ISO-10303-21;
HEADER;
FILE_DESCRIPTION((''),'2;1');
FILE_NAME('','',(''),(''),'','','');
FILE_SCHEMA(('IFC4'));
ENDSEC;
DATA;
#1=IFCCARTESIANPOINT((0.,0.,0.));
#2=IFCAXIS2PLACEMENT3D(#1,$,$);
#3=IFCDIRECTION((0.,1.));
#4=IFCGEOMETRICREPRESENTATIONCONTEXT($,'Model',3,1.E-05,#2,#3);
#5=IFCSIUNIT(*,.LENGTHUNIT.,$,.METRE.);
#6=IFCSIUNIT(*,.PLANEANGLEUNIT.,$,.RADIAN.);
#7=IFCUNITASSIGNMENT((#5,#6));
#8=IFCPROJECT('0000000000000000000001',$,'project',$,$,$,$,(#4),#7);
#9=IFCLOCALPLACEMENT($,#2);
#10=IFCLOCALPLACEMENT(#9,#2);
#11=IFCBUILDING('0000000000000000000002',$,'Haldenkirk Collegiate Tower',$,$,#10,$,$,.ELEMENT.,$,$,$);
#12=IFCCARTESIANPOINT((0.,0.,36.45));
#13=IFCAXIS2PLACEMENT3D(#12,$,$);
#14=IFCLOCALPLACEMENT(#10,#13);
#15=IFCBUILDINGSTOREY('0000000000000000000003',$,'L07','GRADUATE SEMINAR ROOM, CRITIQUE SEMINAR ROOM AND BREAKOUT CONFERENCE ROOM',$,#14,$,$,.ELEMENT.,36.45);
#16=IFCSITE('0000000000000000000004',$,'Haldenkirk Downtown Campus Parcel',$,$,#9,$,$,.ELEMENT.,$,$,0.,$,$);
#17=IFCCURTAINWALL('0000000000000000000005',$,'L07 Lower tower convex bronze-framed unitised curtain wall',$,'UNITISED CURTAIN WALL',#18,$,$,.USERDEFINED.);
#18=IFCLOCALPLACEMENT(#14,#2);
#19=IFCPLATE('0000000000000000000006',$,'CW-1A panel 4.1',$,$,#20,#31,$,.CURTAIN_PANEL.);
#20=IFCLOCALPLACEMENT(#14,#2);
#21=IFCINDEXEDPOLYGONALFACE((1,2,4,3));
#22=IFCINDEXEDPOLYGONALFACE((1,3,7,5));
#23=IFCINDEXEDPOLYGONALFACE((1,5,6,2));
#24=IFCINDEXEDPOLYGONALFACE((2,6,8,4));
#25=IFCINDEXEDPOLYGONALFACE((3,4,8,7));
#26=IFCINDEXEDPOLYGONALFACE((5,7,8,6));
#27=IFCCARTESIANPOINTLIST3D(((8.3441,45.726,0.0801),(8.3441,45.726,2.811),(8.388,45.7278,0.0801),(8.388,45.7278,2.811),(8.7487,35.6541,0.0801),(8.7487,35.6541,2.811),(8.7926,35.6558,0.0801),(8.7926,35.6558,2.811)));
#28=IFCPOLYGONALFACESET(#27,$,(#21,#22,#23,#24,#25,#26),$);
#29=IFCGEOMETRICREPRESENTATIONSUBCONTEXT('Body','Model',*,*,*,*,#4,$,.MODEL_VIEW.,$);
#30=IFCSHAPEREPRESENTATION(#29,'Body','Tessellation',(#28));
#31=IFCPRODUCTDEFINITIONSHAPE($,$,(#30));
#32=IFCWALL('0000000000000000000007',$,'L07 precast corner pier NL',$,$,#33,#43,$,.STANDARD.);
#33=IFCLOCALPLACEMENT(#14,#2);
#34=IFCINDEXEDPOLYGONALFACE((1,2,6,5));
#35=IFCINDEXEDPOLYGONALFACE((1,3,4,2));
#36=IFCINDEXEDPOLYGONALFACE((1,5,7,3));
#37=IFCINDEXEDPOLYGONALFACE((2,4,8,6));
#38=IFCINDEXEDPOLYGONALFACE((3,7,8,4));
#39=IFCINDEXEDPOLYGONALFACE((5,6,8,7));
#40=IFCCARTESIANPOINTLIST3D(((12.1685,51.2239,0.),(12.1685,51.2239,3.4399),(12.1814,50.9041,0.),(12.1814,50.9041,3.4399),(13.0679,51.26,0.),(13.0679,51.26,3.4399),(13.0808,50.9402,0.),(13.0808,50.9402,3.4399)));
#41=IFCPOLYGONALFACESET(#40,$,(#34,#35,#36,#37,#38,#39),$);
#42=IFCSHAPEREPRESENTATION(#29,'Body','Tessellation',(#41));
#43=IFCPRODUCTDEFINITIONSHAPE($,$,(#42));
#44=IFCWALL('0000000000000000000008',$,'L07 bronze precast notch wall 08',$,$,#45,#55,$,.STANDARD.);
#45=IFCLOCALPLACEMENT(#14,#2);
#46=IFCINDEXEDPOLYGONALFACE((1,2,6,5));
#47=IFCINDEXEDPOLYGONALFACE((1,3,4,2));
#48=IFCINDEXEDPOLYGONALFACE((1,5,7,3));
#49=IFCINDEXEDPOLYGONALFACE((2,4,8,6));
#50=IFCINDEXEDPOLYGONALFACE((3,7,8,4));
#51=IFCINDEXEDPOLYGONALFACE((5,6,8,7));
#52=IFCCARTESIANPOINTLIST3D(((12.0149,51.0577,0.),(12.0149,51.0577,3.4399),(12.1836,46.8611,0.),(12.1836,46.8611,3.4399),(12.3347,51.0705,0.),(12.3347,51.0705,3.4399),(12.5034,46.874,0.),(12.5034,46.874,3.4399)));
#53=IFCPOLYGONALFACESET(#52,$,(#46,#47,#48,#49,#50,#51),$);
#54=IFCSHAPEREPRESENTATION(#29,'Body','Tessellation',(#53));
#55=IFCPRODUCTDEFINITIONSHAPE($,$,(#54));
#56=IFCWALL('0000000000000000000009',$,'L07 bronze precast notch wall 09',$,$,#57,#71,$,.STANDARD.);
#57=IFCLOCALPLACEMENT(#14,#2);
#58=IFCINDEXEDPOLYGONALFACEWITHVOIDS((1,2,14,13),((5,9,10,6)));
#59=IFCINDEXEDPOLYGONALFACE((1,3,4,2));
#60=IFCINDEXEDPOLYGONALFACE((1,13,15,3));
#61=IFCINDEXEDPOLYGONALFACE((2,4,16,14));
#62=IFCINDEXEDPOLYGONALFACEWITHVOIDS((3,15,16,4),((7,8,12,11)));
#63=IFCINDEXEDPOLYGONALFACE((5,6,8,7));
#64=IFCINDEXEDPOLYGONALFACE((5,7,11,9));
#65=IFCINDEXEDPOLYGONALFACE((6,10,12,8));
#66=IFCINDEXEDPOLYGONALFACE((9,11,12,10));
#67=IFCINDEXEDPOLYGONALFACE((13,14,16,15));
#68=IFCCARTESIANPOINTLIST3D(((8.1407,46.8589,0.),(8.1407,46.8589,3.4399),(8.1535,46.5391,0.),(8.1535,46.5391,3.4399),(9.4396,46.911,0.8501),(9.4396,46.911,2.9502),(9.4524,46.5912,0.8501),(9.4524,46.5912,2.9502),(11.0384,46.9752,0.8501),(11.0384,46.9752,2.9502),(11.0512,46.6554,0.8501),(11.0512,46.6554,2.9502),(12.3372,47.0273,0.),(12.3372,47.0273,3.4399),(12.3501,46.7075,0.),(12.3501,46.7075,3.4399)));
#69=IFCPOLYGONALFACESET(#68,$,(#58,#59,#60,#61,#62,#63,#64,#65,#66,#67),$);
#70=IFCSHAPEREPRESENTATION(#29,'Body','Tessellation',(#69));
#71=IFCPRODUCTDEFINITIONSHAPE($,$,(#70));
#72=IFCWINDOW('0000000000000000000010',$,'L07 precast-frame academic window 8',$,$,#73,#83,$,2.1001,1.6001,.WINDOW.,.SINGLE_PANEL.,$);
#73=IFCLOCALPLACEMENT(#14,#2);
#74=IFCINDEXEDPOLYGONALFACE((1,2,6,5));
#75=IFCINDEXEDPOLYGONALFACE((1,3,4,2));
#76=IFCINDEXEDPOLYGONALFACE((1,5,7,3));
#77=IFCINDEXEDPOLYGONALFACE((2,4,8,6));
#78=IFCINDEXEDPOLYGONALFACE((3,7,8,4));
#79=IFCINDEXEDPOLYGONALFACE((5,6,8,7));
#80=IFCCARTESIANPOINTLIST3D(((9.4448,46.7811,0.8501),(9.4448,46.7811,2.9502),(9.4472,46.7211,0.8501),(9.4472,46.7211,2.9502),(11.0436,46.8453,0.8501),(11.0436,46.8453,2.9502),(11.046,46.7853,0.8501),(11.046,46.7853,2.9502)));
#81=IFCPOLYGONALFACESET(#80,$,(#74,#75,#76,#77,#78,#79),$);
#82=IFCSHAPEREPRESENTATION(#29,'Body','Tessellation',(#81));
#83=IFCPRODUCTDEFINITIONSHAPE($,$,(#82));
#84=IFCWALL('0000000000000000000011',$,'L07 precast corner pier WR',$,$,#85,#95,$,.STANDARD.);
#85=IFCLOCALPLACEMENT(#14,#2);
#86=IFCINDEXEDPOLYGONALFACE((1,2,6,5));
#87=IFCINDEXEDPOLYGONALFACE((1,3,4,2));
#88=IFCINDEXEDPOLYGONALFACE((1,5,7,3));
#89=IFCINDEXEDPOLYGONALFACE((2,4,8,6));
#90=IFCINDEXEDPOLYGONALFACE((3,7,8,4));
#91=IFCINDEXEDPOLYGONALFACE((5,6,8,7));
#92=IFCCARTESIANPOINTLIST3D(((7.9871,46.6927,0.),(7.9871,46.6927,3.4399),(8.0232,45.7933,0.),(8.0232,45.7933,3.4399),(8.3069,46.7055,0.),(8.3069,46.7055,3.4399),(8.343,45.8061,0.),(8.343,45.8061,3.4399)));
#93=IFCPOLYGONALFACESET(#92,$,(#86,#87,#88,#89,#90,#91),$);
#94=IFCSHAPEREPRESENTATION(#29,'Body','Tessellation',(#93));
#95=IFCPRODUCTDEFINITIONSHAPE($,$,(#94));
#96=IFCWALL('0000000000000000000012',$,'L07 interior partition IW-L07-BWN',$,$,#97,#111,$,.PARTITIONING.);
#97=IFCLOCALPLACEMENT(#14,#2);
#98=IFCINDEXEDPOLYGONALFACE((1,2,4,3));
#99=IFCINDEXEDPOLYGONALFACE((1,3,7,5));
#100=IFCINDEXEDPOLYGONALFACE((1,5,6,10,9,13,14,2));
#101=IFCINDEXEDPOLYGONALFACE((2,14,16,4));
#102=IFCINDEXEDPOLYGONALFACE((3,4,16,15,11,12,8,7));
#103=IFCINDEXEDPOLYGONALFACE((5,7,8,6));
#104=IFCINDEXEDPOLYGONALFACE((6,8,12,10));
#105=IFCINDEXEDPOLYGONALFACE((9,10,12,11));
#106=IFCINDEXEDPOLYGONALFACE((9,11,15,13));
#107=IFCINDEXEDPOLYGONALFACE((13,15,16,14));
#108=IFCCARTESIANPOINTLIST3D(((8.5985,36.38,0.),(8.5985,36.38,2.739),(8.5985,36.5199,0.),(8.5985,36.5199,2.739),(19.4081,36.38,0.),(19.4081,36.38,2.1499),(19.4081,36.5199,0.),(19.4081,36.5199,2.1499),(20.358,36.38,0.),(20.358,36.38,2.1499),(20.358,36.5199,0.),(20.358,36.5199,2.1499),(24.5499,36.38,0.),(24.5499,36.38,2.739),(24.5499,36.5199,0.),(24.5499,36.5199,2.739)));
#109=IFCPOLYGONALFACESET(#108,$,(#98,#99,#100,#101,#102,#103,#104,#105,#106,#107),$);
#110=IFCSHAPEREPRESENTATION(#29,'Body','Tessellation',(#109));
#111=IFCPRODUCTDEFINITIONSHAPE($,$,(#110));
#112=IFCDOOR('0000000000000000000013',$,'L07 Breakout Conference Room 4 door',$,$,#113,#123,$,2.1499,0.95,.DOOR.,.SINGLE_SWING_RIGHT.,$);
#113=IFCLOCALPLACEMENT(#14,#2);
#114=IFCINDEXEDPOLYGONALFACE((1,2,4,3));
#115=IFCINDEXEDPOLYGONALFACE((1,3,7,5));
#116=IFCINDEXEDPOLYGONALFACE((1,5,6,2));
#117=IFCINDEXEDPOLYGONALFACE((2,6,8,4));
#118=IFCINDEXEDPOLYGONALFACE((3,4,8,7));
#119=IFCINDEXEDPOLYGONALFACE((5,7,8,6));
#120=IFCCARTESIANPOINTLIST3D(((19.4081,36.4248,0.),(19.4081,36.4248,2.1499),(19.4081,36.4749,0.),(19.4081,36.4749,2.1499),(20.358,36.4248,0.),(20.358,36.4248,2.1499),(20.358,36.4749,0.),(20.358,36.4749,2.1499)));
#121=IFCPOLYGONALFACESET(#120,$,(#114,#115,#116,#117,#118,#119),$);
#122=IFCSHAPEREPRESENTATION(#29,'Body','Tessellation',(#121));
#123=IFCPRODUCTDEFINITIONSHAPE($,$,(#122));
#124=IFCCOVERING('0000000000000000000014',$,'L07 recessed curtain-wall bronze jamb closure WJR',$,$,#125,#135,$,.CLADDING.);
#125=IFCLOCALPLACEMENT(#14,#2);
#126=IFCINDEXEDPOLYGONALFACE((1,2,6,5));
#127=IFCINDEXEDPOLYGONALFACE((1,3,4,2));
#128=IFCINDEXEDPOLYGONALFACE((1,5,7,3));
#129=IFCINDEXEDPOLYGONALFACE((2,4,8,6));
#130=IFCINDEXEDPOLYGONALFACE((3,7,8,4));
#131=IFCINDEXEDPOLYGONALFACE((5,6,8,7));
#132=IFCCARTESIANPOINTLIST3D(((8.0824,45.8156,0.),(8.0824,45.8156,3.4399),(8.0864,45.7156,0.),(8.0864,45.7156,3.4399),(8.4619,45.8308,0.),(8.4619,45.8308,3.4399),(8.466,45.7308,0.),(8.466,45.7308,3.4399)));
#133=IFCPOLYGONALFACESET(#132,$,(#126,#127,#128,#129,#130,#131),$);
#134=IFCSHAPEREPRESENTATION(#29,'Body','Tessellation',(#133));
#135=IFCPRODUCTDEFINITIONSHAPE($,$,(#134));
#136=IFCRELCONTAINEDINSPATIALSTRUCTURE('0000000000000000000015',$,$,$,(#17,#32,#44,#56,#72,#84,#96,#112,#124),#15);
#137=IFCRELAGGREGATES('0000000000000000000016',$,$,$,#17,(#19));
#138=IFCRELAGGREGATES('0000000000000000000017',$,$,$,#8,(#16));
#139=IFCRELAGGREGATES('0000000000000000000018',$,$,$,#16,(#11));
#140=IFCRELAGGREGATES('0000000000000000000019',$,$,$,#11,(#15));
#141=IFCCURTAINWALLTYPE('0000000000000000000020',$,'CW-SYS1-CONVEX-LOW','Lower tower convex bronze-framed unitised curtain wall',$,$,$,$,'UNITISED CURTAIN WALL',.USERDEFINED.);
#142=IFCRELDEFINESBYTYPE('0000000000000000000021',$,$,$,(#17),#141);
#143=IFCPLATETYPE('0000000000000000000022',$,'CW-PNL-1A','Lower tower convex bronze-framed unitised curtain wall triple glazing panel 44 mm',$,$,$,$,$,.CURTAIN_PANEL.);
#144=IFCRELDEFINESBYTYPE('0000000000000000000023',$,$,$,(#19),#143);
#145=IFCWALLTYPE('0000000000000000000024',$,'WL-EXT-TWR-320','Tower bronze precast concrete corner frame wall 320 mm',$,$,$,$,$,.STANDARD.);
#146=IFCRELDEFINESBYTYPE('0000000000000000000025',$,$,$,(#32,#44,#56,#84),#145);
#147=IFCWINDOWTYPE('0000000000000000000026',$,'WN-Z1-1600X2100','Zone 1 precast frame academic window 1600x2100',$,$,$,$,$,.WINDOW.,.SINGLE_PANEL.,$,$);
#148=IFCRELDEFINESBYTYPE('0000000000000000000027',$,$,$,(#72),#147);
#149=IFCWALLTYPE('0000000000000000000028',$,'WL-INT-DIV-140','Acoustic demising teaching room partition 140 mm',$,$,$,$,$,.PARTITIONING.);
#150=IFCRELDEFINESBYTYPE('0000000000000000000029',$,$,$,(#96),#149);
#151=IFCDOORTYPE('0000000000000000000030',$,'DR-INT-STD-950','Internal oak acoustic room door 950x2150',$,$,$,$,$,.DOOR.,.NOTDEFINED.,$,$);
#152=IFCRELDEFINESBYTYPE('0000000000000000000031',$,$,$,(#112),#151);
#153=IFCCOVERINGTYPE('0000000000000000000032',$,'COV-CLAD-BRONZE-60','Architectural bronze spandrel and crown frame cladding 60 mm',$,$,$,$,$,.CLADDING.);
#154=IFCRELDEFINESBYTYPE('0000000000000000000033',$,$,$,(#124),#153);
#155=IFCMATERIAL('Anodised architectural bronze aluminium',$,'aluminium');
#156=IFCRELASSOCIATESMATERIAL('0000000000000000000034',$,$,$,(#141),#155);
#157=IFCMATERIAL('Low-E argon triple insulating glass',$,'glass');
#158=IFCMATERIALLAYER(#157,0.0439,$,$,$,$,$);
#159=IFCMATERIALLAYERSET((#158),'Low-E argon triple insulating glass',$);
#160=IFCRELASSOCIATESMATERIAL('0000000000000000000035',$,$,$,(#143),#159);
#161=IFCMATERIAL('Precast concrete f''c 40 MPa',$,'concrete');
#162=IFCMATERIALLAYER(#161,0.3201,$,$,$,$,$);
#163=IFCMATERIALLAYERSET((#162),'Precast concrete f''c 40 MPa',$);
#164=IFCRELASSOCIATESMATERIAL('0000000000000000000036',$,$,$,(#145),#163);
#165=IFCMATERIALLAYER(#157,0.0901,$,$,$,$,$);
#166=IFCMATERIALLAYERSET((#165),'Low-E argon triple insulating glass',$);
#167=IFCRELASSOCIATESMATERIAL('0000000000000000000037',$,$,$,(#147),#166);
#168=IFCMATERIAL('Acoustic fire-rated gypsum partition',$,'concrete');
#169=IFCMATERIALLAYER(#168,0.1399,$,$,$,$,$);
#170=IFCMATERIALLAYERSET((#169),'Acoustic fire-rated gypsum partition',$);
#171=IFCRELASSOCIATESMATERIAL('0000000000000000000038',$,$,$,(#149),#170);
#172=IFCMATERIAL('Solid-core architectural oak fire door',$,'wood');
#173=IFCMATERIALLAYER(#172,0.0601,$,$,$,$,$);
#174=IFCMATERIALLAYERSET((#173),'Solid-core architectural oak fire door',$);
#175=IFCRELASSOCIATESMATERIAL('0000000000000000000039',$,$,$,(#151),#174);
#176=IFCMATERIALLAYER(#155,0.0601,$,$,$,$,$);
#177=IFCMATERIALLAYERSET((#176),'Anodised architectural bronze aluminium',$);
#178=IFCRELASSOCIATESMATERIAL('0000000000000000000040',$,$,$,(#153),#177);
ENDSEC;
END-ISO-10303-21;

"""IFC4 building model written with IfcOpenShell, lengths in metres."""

from ifc_helpers import new_model, si_unit, direction, frame, frame_2d, origin, origin_2d, place, context, subcontext, project, spatial, rectangle, extrude, source, transform, mapped, material, layer, layer_set, type_object, element, fill, aggregate, save


model = new_model("IFC4")

# Units and contexts
model_context = context("Model", 3, precision=1e-05, world=origin(), true_north=direction((0.0, 1.0)))
body_context = subcontext(model_context, "Body", "Model", "MODEL_VIEW")
ifc_project = project(units=[si_unit("LENGTHUNIT", "METRE"), si_unit("PLANEANGLEUNIT", "RADIAN")], contexts=[model_context])

# Site, building, storey
site_placement = place(None, origin())
site = spatial("IfcSite", under=ifc_project, at=site_placement, Name="Haldenkirk Downtown Campus Parcel", CompositionType="ELEMENT", RefElevation=0.0)
building_placement = place(site_placement, origin())
building = spatial("IfcBuilding", under=site, at=building_placement, Name="Haldenkirk Collegiate Tower", CompositionType="ELEMENT")
storey_placement = place(building_placement, frame((0.0, 0.0, 36.45)))
storey = spatial("IfcBuildingStorey", under=building, at=storey_placement, Name="L07", Description="GRADUATE SEMINAR ROOM, CRITIQUE SEMINAR ROOM AND BREAKOUT CONFERENCE ROOM", CompositionType="ELEMENT", Elevation=36.45)

# Curtain wall, plate
ifc_material_1 = material(Name="Anodised architectural bronze aluminium", Category="aluminium")
curtain_wall_type = type_object("IfcCurtainWallType", Name="CW-SYS1-CONVEX-LOW", Description="Lower tower convex bronze-framed unitised curtain wall", ElementType="UNITISED CURTAIN WALL", PredefinedType="USERDEFINED", material=ifc_material_1)
curtain_wall_placement = place(storey_placement, origin())
curtain_wall = element("IfcCurtainWall", 1, at=curtain_wall_placement, inside=storey, type_object=curtain_wall_type, Name="L07 Lower tower convex bronze-framed unitised curtain wall", ObjectType="UNITISED CURTAIN WALL", PredefinedType="USERDEFINED")
ifc_material_2 = material(Name="Low-E argon triple insulating glass", Category="glass")
ifc_layer_1 = layer(ifc_material_2, 0.0439)
ifc_layer_set_1 = layer_set([ifc_layer_1], Name="Low-E argon triple insulating glass")
plate_type = type_object("IfcPlateType", Name="CW-PNL-1A", Description="Lower tower convex bronze-framed unitised curtain wall triple glazing panel 44 mm", PredefinedType="CURTAIN_PANEL", material=ifc_layer_set_1)
shared_shape_1 = source(origin(), body_context, "Body", "SweptSolid", [
    extrude(rectangle(XDim=10.0801, YDim=0.0439, at=origin_2d()), origin(), (0.0, 0.0, 1.0), 2.731),
])
plate_placement = place(storey_placement, frame((8.5684, 40.6909, 0.0801), z_axis=(0.0, 0.0, 1.0), x_axis=(-0.040132, 0.999194, 0.0)))
plate = element("IfcPlate", 2, at=plate_placement, type_object=plate_type, Name="CW-1A panel 4.1", PredefinedType="CURTAIN_PANEL", context=body_context, shape_type="MappedRepresentation", body=[
    mapped(shared_shape_1, transform((0.0, 0.0, 0.0), x_axis=(1.0, 0.0, 0.0), y_axis=(0.0, 1.0, 0.0), z_axis=(0.0, 0.0, 1.0), scale=1.0)),
])
aggregate(curtain_wall, [plate])

# Walls
ifc_material_3 = material(Name="Precast concrete f'c 40 MPa", Category="concrete")
ifc_layer_2 = layer(ifc_material_3, 0.3201)
ifc_layer_set_2 = layer_set([ifc_layer_2], Name="Precast concrete f'c 40 MPa")
wall_type_1 = type_object("IfcWallType", Name="WL-EXT-TWR-320", Description="Tower bronze precast concrete corner frame wall 320 mm", PredefinedType="STANDARD", material=ifc_layer_set_2)
wall_1_placement = place(storey_placement, frame((12.1748, 51.064, 0.0), z_axis=(0.0, 0.0, 1.0), x_axis=(0.999194, 0.040141, 0.0)))
element("IfcWall", 3, at=wall_1_placement, inside=storey, type_object=wall_type_1, Name="L07 precast corner pier NL", PredefinedType="STANDARD", context=body_context, shape_type="SweptSolid", body=[
    extrude(rectangle(XDim=0.9001, YDim=0.3201, at=frame_2d((0.4502, 0.0))), origin(), (0.0, 0.0, 1.0), 3.4399),
])
wall_2_placement = place(storey_placement, frame((12.3435, 46.8674, 0.0), z_axis=(0.0, 0.0, 1.0), x_axis=(-0.040168, 0.999193, 0.0)))
element("IfcWall", 4, at=wall_2_placement, inside=storey, type_object=wall_type_1, Name="L07 bronze precast notch wall 08", PredefinedType="STANDARD", context=body_context, shape_type="SweptSolid", body=[
    extrude(rectangle(XDim=4.2, YDim=0.3201, at=frame_2d((2.1001, 0.0))), origin(), (0.0, 0.0, 1.0), 3.4399),
])

# Wall, opening, window
wall_3_placement = place(storey_placement, frame((8.147, 46.699, 0.0), z_axis=(0.0, 0.0, 1.0), x_axis=(0.999195, 0.04011, 0.0)))
wall_3 = element("IfcWall", 5, at=wall_3_placement, inside=storey, type_object=wall_type_1, Name="L07 bronze precast notch wall 09", PredefinedType="STANDARD", context=body_context, shape_type="SweptSolid", body=[
    extrude(rectangle(XDim=4.2, YDim=0.3201, at=frame_2d((2.1001, 0.0))), origin(), (0.0, 0.0, 1.0), 3.4399),
])
opening_1_placement = place(wall_3_placement, frame((1.3, 0.0, 0.8501)))
opening_1 = element("IfcOpeningElement", 6, at=opening_1_placement, cuts=wall_3, PredefinedType="OPENING", context=body_context, shape_type="SweptSolid", body=[
    extrude(rectangle(XDim=1.6001, YDim=2.1001, at=frame_2d((0.8, 1.05))), frame((0.0, 0.1699, 0.0), z_axis=(0.0, -1.0, 0.0), x_axis=(1.0, 0.0, 0.0)), (0.0, 0.0, 1.0), 0.3401),
])
ifc_layer_3 = layer(ifc_material_2, 0.0901)
ifc_layer_set_3 = layer_set([ifc_layer_3], Name="Low-E argon triple insulating glass")
window_type = type_object("IfcWindowType", Name="WN-Z1-1600X2100", Description="Zone 1 precast frame academic window 1600x2100", PartitioningType="SINGLE_PANEL", PredefinedType="WINDOW", material=ifc_layer_set_3)
window_placement = place(opening_1_placement, origin())
window = element("IfcWindow", 7, at=window_placement, inside=storey, type_object=window_type, Name="L07 precast-frame academic window 8", OverallHeight=2.1001, OverallWidth=1.6001, PartitioningType="SINGLE_PANEL", PredefinedType="WINDOW", context=body_context, shape_type="SweptSolid", body=[
    extrude(rectangle(XDim=1.6001, YDim=2.1001, at=frame_2d((0.8, 1.05))), frame((0.0, 0.03, 0.0), z_axis=(0.0, -1.0, 0.0), x_axis=(1.0, 0.0, 0.0)), (0.0, 0.0, 1.0), 0.0601),
])
fill(opening_1, window)

# Wall
wall_4_placement = place(storey_placement, frame((8.1831, 45.7996, 0.0), z_axis=(0.0, 0.0, 1.0), x_axis=(-0.040141, 0.999194, 0.0)))
element("IfcWall", 8, at=wall_4_placement, inside=storey, type_object=wall_type_1, Name="L07 precast corner pier WR", PredefinedType="STANDARD", context=body_context, shape_type="SweptSolid", body=[
    extrude(rectangle(XDim=0.9001, YDim=0.3201, at=frame_2d((0.4502, 0.0))), origin(), (0.0, 0.0, 1.0), 3.4399),
])

# Wall, opening, door
ifc_material_4 = material(Name="Acoustic fire-rated gypsum partition", Category="concrete")
ifc_layer_4 = layer(ifc_material_4, 0.1399)
ifc_layer_set_4 = layer_set([ifc_layer_4], Name="Acoustic fire-rated gypsum partition")
wall_type_2 = type_object("IfcWallType", Name="WL-INT-DIV-140", Description="Acoustic demising teaching room partition 140 mm", PredefinedType="PARTITIONING", material=ifc_layer_set_4)
wall_5_placement = place(storey_placement, frame((8.5986, 36.45, 0.0), z_axis=(0.0, 0.0, 1.0), x_axis=(1.0, 0.0, 0.0)))
wall_5 = element("IfcWall", 9, at=wall_5_placement, inside=storey, type_object=wall_type_2, Name="L07 interior partition IW-L07-BWN", PredefinedType="PARTITIONING", context=body_context, shape_type="SweptSolid", body=[
    extrude(rectangle(XDim=15.9514, YDim=0.1399, at=frame_2d((7.9756, 0.0))), origin(), (0.0, 0.0, 1.0), 2.739),
])
opening_2_placement = place(wall_5_placement, frame((10.8093, 0.0, 0.0)))
opening_2 = element("IfcOpeningElement", 10, at=opening_2_placement, cuts=wall_5, PredefinedType="OPENING", context=body_context, shape_type="SweptSolid", body=[
    extrude(rectangle(XDim=0.95, YDim=2.1499, at=frame_2d((0.4751, 1.075))), frame((0.0, 0.0798, 0.0), z_axis=(0.0, -1.0, 0.0), x_axis=(1.0, 0.0, 0.0)), (0.0, 0.0, 1.0), 0.1599),
])
ifc_material_5 = material(Name="Solid-core architectural oak fire door", Category="wood")
ifc_layer_5 = layer(ifc_material_5, 0.0601)
ifc_layer_set_5 = layer_set([ifc_layer_5], Name="Solid-core architectural oak fire door")
door_type = type_object("IfcDoorType", Name="DR-INT-STD-950", Description="Internal oak acoustic room door 950x2150", OperationType="NOTDEFINED", PredefinedType="DOOR", material=ifc_layer_set_5)
door_placement = place(opening_2_placement, origin())
door = element("IfcDoor", 11, at=door_placement, inside=storey, type_object=door_type, Name="L07 Breakout Conference Room 4 door", OperationType="SINGLE_SWING_RIGHT", OverallHeight=2.1499, OverallWidth=0.95, PredefinedType="DOOR", context=body_context, shape_type="SweptSolid", body=[
    extrude(rectangle(XDim=0.95, YDim=2.1499, at=frame_2d((0.4751, 1.075))), frame((0.0, 0.0249, 0.0), z_axis=(0.0, -1.0, 0.0), x_axis=(1.0, 0.0, 0.0)), (0.0, 0.0, 1.0), 0.05),
])
fill(opening_2, door)

# Covering
ifc_layer_6 = layer(ifc_material_1, 0.0601)
ifc_layer_set_6 = layer_set([ifc_layer_6], Name="Anodised architectural bronze aluminium")
covering_type = type_object("IfcCoveringType", Name="COV-CLAD-BRONZE-60", Description="Architectural bronze spandrel and crown frame cladding 60 mm", PredefinedType="CLADDING", material=ifc_layer_set_6)
shared_shape_2 = source(origin(), body_context, "Body", "SweptSolid", [
    extrude(rectangle(XDim=0.1001, YDim=0.3799, at=origin_2d()), origin(), (0.0, 0.0, 1.0), 3.4399),
])
covering_placement = place(storey_placement, frame((8.2742, 45.7732, 0.0), z_axis=(0.0, 0.0, 1.0), x_axis=(-0.040132, 0.999194, 0.0)))
element("IfcCovering", 12, at=covering_placement, inside=storey, type_object=covering_type, Name="L07 recessed curtain-wall bronze jamb closure WJR", PredefinedType="CLADDING", context=body_context, shape_type="MappedRepresentation", body=[
    mapped(shared_shape_2, transform((0.0, 0.0, 0.0), x_axis=(1.0, 0.0, 0.0), y_axis=(0.0, 1.0, 0.0), z_axis=(0.0, 0.0, 1.0), scale=1.0)),
])

save(model, "model.ifc")
